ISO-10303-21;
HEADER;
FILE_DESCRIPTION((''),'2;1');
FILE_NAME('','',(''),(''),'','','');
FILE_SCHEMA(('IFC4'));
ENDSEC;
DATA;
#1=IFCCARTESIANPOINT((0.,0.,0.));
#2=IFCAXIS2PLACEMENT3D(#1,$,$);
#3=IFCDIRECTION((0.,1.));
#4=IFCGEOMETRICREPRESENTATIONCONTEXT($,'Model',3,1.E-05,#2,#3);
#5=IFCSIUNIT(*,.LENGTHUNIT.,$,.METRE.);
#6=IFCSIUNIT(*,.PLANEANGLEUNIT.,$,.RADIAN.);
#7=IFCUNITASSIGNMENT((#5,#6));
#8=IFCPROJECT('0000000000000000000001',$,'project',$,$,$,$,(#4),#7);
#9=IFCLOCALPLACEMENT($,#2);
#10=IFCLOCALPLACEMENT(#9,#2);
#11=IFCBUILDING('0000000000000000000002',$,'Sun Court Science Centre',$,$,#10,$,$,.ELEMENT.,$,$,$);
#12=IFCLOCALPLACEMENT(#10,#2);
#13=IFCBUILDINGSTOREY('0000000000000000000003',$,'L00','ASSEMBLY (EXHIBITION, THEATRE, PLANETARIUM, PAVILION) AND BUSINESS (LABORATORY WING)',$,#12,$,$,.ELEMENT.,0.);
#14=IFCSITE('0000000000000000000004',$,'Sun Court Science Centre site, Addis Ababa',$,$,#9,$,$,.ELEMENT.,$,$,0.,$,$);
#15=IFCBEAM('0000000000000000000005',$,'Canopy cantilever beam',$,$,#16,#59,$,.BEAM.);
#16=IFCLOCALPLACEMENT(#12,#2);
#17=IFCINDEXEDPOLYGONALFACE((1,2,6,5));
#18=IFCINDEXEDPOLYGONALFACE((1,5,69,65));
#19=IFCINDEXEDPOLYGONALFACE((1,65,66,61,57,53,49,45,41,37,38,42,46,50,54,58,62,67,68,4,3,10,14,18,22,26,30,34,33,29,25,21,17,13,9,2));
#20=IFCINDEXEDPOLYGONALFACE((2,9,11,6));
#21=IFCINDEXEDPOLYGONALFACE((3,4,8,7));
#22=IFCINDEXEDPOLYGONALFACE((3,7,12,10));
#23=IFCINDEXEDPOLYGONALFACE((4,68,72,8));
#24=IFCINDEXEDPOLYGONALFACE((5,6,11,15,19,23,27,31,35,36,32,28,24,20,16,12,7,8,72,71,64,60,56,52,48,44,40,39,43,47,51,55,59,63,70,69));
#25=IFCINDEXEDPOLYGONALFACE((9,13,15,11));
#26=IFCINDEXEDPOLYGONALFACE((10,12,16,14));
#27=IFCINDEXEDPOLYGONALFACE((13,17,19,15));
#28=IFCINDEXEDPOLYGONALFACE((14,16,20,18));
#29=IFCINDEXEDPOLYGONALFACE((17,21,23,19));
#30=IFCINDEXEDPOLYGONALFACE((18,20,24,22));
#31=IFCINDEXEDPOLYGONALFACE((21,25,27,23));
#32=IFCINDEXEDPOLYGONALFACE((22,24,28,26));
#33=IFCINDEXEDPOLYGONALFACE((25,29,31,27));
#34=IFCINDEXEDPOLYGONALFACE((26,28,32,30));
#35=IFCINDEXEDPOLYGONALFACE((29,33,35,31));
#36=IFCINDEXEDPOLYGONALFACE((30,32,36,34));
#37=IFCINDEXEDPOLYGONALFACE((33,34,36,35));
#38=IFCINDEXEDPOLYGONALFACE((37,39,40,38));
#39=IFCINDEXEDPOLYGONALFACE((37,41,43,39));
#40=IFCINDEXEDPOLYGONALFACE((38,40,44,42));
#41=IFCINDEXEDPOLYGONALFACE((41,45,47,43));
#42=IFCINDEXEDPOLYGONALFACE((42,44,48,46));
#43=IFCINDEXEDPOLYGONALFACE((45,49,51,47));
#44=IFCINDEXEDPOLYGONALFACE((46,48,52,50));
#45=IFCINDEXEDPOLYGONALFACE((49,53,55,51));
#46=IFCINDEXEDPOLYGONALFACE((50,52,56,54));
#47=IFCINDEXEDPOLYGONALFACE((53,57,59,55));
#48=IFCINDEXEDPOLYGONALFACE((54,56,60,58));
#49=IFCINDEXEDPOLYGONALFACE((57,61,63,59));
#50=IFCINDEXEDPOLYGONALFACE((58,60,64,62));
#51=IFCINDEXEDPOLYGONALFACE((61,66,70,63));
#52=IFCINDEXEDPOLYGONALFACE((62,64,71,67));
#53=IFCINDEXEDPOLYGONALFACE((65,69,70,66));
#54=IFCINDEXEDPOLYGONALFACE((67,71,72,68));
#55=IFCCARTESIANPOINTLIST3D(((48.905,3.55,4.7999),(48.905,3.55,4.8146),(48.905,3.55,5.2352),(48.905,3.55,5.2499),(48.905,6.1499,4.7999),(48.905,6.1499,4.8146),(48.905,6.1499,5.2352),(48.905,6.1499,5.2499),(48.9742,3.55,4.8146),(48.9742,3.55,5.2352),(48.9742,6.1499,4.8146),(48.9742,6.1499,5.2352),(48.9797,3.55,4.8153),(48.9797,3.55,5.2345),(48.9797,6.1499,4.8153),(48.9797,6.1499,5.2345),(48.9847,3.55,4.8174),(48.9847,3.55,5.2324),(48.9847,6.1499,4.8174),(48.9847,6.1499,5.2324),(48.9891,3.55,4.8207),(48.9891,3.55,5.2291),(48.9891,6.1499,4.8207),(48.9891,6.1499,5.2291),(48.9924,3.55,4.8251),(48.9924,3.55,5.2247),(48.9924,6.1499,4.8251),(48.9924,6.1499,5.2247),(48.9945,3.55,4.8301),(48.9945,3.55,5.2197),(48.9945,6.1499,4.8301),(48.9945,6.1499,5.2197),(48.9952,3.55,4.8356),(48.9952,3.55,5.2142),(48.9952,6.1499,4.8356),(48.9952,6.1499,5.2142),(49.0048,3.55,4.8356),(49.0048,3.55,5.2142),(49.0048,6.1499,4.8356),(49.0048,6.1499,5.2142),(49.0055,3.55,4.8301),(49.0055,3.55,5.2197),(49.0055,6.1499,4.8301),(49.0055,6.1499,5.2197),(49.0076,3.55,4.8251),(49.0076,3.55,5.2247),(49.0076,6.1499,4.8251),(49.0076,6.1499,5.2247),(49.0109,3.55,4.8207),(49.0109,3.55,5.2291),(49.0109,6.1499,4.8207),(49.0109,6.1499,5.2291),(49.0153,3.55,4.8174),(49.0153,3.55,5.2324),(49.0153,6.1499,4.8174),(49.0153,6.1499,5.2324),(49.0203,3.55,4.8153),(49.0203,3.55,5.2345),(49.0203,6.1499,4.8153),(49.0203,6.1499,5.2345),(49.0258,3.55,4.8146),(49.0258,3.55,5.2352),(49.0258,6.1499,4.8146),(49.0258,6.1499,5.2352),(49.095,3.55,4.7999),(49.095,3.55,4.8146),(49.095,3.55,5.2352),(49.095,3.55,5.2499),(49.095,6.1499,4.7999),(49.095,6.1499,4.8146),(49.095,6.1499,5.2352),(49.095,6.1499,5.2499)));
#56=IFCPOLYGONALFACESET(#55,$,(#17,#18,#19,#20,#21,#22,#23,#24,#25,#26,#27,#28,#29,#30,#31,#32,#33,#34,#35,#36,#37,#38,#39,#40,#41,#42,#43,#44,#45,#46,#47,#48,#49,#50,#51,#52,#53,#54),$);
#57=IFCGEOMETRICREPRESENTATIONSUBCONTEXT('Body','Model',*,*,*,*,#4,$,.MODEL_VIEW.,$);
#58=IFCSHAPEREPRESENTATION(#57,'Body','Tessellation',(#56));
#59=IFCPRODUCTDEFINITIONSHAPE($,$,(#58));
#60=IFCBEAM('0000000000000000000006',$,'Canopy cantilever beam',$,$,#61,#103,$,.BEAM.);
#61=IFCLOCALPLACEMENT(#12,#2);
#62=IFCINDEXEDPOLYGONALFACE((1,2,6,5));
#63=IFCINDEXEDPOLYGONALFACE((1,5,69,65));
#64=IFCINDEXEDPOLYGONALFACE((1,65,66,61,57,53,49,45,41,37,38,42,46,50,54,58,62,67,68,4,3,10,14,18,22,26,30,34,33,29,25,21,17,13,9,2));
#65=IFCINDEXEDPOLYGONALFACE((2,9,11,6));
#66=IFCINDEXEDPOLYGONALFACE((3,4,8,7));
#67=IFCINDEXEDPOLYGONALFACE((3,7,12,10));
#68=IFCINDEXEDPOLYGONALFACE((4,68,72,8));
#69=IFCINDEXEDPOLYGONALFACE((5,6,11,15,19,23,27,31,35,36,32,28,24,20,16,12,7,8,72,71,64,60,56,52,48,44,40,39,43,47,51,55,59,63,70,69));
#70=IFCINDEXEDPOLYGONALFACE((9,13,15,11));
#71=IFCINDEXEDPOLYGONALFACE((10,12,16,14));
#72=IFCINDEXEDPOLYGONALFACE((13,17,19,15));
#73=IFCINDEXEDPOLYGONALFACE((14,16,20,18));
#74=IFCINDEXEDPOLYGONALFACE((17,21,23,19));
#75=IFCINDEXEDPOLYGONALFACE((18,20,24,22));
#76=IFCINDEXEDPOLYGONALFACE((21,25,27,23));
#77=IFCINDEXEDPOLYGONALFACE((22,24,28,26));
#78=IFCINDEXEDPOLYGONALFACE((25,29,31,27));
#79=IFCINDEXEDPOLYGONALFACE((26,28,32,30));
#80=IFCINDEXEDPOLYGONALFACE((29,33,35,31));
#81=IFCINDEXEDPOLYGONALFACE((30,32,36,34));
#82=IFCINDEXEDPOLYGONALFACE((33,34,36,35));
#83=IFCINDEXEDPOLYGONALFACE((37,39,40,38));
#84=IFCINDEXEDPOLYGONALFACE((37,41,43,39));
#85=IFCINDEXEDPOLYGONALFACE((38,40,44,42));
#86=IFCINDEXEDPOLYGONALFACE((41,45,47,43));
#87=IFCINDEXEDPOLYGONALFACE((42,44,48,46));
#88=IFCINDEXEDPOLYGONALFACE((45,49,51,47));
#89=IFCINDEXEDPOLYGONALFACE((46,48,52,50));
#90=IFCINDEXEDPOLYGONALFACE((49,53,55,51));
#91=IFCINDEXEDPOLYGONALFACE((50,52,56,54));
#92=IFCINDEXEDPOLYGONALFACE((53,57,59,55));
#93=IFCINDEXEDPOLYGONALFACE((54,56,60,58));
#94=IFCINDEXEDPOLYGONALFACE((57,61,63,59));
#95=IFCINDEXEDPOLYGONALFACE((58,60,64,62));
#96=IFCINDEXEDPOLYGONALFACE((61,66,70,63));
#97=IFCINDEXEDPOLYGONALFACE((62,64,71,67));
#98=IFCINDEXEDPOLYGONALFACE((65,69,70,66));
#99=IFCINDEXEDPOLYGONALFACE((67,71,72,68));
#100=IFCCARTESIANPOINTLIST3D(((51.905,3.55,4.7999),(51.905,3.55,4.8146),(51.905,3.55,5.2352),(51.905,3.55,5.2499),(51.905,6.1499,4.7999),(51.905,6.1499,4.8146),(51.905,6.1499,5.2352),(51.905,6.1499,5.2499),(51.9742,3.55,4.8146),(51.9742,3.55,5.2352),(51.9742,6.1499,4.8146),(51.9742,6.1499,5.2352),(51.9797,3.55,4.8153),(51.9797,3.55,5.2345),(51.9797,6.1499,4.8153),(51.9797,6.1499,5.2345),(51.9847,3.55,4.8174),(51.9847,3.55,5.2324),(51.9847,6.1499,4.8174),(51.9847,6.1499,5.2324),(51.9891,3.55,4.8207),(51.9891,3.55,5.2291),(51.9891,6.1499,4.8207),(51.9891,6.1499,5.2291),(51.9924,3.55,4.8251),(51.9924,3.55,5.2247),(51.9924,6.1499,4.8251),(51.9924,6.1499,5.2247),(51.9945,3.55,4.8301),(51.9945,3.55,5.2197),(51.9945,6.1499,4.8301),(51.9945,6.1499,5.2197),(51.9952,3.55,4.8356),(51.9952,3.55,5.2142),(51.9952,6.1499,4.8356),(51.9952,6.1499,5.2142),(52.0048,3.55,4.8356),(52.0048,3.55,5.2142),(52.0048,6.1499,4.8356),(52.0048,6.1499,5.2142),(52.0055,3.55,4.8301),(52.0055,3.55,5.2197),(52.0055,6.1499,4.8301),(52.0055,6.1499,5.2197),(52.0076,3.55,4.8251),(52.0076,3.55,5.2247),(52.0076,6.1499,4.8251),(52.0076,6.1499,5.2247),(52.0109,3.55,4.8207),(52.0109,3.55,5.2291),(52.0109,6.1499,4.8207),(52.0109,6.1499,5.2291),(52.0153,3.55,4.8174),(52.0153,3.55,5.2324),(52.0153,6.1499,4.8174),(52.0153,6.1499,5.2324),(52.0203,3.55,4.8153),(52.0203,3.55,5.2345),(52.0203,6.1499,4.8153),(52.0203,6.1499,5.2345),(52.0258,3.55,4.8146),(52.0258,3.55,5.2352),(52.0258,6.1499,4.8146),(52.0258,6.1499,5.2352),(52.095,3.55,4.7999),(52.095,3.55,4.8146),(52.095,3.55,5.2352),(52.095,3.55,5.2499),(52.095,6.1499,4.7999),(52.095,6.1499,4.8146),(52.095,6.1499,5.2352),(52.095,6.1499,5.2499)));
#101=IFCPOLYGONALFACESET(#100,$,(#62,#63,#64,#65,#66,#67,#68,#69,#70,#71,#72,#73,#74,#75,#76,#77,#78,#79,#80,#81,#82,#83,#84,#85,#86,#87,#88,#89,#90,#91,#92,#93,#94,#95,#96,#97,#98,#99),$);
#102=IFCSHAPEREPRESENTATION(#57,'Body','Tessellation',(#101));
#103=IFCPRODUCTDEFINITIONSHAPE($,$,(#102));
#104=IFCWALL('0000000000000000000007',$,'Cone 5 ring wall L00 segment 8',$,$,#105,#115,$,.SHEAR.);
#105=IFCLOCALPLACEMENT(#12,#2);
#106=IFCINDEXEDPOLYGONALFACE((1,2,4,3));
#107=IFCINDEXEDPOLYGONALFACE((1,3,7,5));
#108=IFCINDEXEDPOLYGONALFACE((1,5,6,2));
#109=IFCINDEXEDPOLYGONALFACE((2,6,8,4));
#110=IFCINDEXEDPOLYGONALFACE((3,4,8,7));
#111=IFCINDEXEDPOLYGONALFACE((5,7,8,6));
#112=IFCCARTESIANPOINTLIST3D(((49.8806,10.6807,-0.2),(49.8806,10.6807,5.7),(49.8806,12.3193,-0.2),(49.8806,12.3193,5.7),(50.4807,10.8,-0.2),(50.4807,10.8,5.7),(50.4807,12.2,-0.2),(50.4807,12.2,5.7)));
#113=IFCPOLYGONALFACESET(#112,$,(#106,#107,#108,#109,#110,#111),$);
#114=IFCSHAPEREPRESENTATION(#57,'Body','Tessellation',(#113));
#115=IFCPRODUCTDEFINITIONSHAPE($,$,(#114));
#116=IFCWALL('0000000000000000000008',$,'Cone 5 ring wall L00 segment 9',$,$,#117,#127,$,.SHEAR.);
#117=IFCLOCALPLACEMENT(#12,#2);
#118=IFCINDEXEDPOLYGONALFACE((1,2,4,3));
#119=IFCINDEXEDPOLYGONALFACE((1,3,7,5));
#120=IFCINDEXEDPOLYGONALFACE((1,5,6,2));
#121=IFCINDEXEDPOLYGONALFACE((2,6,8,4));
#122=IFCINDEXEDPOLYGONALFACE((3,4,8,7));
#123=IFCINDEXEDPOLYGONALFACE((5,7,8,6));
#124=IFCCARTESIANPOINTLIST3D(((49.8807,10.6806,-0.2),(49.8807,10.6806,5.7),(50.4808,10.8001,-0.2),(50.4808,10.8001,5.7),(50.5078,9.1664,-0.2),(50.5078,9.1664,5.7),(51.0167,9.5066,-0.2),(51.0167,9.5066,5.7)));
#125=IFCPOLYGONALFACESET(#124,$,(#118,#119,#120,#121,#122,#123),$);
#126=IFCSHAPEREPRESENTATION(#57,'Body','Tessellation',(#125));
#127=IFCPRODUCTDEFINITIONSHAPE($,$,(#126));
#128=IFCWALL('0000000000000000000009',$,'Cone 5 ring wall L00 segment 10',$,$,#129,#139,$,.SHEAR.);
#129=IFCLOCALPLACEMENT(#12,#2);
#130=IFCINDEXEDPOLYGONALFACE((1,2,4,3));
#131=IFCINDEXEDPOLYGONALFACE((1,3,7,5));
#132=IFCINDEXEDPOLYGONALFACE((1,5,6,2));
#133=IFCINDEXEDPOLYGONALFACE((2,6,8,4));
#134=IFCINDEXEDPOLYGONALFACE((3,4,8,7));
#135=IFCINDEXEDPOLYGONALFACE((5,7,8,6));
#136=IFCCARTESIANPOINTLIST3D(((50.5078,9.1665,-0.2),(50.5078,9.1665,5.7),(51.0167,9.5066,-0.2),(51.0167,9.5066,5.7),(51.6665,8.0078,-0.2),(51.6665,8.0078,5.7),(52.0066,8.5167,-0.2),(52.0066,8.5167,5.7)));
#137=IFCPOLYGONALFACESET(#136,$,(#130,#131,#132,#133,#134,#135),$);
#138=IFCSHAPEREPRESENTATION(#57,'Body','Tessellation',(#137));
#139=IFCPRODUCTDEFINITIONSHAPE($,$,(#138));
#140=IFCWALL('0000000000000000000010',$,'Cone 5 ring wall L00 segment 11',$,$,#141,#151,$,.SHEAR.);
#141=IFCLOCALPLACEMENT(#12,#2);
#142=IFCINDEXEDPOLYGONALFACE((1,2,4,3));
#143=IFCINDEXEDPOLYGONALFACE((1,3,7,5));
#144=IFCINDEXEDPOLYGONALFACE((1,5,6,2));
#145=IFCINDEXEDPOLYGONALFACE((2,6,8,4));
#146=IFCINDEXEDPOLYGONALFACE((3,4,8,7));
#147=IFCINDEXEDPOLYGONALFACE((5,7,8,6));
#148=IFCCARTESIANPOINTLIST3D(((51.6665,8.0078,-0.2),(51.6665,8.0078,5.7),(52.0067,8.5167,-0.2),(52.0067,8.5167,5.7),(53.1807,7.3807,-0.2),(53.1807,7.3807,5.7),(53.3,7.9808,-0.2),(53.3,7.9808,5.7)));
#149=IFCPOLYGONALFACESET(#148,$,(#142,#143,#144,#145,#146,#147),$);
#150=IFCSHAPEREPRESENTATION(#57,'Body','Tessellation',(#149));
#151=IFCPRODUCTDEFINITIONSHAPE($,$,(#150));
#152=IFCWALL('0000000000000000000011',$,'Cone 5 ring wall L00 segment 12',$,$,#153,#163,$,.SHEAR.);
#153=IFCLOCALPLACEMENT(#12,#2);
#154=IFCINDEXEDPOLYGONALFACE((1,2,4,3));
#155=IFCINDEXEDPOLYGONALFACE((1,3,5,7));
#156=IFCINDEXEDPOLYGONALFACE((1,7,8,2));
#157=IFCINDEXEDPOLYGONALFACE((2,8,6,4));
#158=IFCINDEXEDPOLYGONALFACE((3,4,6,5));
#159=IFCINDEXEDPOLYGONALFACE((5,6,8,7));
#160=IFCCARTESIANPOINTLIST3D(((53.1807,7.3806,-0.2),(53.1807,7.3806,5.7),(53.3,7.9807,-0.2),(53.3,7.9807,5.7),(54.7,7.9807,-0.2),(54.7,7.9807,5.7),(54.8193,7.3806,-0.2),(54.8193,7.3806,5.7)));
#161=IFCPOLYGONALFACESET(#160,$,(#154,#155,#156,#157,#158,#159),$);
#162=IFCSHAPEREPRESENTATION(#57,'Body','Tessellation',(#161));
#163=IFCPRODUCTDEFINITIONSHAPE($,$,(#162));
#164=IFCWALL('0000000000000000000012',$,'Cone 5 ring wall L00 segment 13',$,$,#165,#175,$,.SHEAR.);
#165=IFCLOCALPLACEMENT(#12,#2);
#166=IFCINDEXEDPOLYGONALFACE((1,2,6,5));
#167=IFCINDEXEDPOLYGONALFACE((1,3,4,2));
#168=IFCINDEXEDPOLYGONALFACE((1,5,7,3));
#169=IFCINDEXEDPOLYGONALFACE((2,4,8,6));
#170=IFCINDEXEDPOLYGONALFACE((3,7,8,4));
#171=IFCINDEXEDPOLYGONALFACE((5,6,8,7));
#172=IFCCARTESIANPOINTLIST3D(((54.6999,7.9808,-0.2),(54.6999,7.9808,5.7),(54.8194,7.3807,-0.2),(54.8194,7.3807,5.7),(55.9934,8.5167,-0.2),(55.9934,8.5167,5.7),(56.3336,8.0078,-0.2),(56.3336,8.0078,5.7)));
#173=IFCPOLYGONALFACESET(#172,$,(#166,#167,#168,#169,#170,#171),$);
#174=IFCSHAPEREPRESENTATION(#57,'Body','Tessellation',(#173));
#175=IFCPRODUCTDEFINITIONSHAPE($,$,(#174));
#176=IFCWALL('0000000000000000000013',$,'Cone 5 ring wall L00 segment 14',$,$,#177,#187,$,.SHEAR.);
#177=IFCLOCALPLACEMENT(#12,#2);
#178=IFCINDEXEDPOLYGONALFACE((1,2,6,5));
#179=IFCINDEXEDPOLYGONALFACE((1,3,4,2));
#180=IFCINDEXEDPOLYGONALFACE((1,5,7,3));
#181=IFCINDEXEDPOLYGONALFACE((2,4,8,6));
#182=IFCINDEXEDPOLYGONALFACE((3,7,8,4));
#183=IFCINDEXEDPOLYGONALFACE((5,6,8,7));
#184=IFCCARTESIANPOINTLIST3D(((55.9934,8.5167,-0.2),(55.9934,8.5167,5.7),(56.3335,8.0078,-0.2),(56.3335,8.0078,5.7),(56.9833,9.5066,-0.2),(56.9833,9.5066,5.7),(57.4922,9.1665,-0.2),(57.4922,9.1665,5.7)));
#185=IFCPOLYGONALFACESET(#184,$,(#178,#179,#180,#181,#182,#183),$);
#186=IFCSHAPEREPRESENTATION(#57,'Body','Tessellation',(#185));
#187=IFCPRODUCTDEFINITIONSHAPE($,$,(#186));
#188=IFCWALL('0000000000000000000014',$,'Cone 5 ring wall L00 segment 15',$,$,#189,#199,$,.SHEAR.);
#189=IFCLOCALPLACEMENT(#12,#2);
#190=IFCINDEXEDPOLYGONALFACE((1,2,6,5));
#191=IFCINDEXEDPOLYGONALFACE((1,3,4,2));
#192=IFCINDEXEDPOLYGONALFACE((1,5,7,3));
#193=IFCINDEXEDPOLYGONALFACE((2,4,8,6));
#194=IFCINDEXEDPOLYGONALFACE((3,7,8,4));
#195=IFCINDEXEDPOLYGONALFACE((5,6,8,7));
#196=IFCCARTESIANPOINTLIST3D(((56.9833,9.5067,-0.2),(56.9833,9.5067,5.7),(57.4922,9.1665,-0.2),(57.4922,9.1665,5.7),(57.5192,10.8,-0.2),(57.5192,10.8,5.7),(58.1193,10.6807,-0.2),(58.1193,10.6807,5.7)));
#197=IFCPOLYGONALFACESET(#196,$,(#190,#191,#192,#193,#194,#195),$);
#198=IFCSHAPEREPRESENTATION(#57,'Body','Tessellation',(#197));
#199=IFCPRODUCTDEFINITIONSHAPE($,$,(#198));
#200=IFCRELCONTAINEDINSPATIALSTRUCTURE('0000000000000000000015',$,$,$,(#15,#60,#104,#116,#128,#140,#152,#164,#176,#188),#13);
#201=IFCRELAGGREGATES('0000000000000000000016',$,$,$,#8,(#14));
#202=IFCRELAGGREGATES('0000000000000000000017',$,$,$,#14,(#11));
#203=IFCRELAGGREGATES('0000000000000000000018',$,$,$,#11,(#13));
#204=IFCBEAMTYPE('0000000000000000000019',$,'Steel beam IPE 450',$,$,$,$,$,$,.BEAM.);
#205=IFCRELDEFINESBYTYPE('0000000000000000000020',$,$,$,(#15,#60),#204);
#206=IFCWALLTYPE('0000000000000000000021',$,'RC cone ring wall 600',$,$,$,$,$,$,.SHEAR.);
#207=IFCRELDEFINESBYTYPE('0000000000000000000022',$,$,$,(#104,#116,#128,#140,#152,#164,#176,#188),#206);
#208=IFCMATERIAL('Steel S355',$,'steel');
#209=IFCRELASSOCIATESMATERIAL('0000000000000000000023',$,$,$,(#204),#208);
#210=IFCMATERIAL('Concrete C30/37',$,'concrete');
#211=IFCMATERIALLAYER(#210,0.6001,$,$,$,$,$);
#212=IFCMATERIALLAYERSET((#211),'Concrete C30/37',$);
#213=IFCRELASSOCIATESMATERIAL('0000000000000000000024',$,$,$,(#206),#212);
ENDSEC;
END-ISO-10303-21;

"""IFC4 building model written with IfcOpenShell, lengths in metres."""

from ifc_helpers import new_model, si_unit, direction, frame, origin, origin_2d, place, context, subcontext, project, spatial, polyline, i_section, outline, extrude, material, layer, layer_set, material_profile, profile_set, type_object, element, save


model = new_model("IFC4")

# Units and contexts
model_context = context("Model", 3, precision=1e-05, world=origin(), true_north=direction((0.0, 1.0)))
body_context = subcontext(model_context, "Body", "Model", "MODEL_VIEW")
ifc_project = project(units=[si_unit("LENGTHUNIT", "METRE"), si_unit("PLANEANGLEUNIT", "RADIAN")], contexts=[model_context])

# Site, building, storey
site_placement = place(None, origin())
site = spatial("IfcSite", under=ifc_project, at=site_placement, Name="Sun Court Science Centre site, Addis Ababa", CompositionType="ELEMENT", RefElevation=0.0)
building_placement = place(site_placement, origin())
building = spatial("IfcBuilding", under=site, at=building_placement, Name="Sun Court Science Centre", CompositionType="ELEMENT")
storey_placement = place(building_placement, origin())
storey = spatial("IfcBuildingStorey", under=building, at=storey_placement, Name="L00", Description="ASSEMBLY (EXHIBITION, THEATRE, PLANETARIUM, PAVILION) AND BUSINESS (LABORATORY WING)", CompositionType="ELEMENT", Elevation=0.0)

# Beams
ifc_material_1 = material(Name="Steel S355", Category="steel")
ifc_material_profile_1 = material_profile(ifc_material_1, i_section(OverallWidth=0.1899, OverallDepth=0.45, WebThickness=0.0095, FlangeThickness=0.0146, FilletRadius=0.021, at=origin_2d()), Name="IPE 450")
ifc_profile_set_1 = profile_set([ifc_material_profile_1], Name="Steel S355")
beam_type_1 = type_object("IfcBeamType", Name="Steel beam IPE 450", PredefinedType="BEAM", material=ifc_profile_set_1)
for number, where, z_axis, x_axis, name in (
    (1, (49.0, 3.55, 5.0249), (0.0, 1.0, 0.0), (-1.0, 0.0, 0.0), "Canopy cantilever beam"),
    (2, (52.0, 3.55, 5.0249), (0.0, 1.0, 0.0), (-1.0, 0.0, 0.0), "Canopy cantilever beam"),
):
    element("IfcBeam", number, at=place(storey_placement, frame(where, z_axis=z_axis, x_axis=x_axis)), inside=storey, type_object=beam_type_1, Name=name, PredefinedType="BEAM", context=body_context, shape_type="SweptSolid", body=[
        extrude(i_section(OverallWidth=0.1899, OverallDepth=0.45, WebThickness=0.0095, FlangeThickness=0.0146, FilletRadius=0.021, at=origin_2d()), origin(), (0.0, 0.0, 1.0), 2.5999),
    ])

# Walls
ifc_material_2 = material(Name="Concrete C30/37", Category="concrete")
ifc_layer_1 = layer(ifc_material_2, 0.6001)
ifc_layer_set_1 = layer_set([ifc_layer_1], Name="Concrete C30/37")
wall_type_1 = type_object("IfcWallType", Name="RC cone ring wall 600", PredefinedType="SHEAR", material=ifc_layer_set_1)
wall_1_placement = place(storey_placement, frame((50.1807, 12.3193, -0.2), z_axis=(0.0, 0.0, 1.0), x_axis=(0.0, -1.0, 0.0)))
element("IfcWall", 3, at=wall_1_placement, inside=storey, type_object=wall_type_1, Name="Cone 5 ring wall L00 segment 8", PredefinedType="SHEAR", context=body_context, shape_type="SweptSolid", body=[
    extrude(outline(polyline([(0.0, -0.3), (1.6387, -0.3), (1.5193, 0.3), (0.1194, 0.3), (0.0, -0.3)])), origin(), (0.0, 0.0, 1.0), 5.8999),
])
wall_2_placement = place(storey_placement, frame((50.158, 10.7954, -0.2), z_axis=(0.0, 0.0, 1.0), x_axis=(0.382615, -0.923908, 0.0)))
element("IfcWall", 4, at=wall_2_placement, inside=storey, type_object=wall_type_1, Name="Cone 5 ring wall L00 segment 9", PredefinedType="SHEAR", context=body_context, shape_type="SweptSolid", body=[
    extrude(outline(polyline([(0.0, -0.3), (1.6389, -0.3), (1.5193, 0.3003), (0.1191, 0.3), (0.0, -0.3)])), origin(), (0.0, 0.0, 1.0), 5.8999),
])
wall_3_placement = place(storey_placement, frame((50.72, 9.3787, -0.2), z_axis=(0.0, 0.0, 1.0), x_axis=(0.707107, -0.707107, 0.0)))
element("IfcWall", 5, at=wall_3_placement, inside=storey, type_object=wall_type_1, Name="Cone 5 ring wall L00 segment 10", PredefinedType="SHEAR", context=body_context, shape_type="SweptSolid", body=[
    extrude(outline(polyline([(0.0, -0.3), (1.6387, -0.3), (1.5193, 0.3003), (0.1194, 0.3003), (0.0, -0.3)])), origin(), (0.0, 0.0, 1.0), 5.8999),
])
wall_4_placement = place(storey_placement, frame((51.7815, 8.2849, -0.2), z_axis=(0.0, 0.0, 1.0), x_axis=(0.923908, -0.382615, 0.0)))
element("IfcWall", 6, at=wall_4_placement, inside=storey, type_object=wall_type_1, Name="Cone 5 ring wall L00 segment 11", PredefinedType="SHEAR", context=body_context, shape_type="SweptSolid", body=[
    extrude(outline(polyline([(-0.0002, -0.3), (1.6387, -0.3), (1.5193, 0.3), (0.1194, 0.3003), (-0.0002, -0.3)])), origin(), (0.0, 0.0, 1.0), 5.8999),
])
wall_5_placement = place(storey_placement, frame((53.1807, 7.6807, -0.2), z_axis=(0.0, 0.0, 1.0), x_axis=(1.0, 0.0, 0.0)))
element("IfcWall", 7, at=wall_5_placement, inside=storey, type_object=wall_type_1, Name="Cone 5 ring wall L00 segment 12", PredefinedType="SHEAR", context=body_context, shape_type="SweptSolid", body=[
    extrude(outline(polyline([(0.0, -0.3), (1.6387, -0.3), (1.5193, 0.3), (0.1194, 0.3), (0.0, -0.3)])), origin(), (0.0, 0.0, 1.0), 5.8999),
])
wall_6_placement = place(storey_placement, frame((54.7046, 7.658, -0.2), z_axis=(0.0, 0.0, 1.0), x_axis=(0.923908, 0.382615, 0.0)))
element("IfcWall", 8, at=wall_6_placement, inside=storey, type_object=wall_type_1, Name="Cone 5 ring wall L00 segment 13", PredefinedType="SHEAR", context=body_context, shape_type="SweptSolid", body=[
    extrude(outline(polyline([(0.0, -0.3), (1.6389, -0.3), (1.5193, 0.3003), (0.1191, 0.3), (0.0, -0.3)])), origin(), (0.0, 0.0, 1.0), 5.8999),
])
wall_7_placement = place(storey_placement, frame((56.1213, 8.22, -0.2), z_axis=(0.0, 0.0, 1.0), x_axis=(0.707107, 0.707107, 0.0)))
element("IfcWall", 9, at=wall_7_placement, inside=storey, type_object=wall_type_1, Name="Cone 5 ring wall L00 segment 14", PredefinedType="SHEAR", context=body_context, shape_type="SweptSolid", body=[
    extrude(outline(polyline([(0.0, -0.3), (1.6387, -0.3), (1.5193, 0.3003), (0.1194, 0.3003), (0.0, -0.3)])), origin(), (0.0, 0.0, 1.0), 5.8999),
])
wall_8_placement = place(storey_placement, frame((57.2151, 9.2815, -0.2), z_axis=(0.0, 0.0, 1.0), x_axis=(0.382615, 0.923908, 0.0)))
element("IfcWall", 10, at=wall_8_placement, inside=storey, type_object=wall_type_1, Name="Cone 5 ring wall L00 segment 15", PredefinedType="SHEAR", context=body_context, shape_type="SweptSolid", body=[
    extrude(outline(polyline([(-0.0002, -0.3), (1.6387, -0.3), (1.5193, 0.3), (0.1194, 0.3003), (-0.0002, -0.3)])), origin(), (0.0, 0.0, 1.0), 5.8999),
])

save(model, "model.ifc")
